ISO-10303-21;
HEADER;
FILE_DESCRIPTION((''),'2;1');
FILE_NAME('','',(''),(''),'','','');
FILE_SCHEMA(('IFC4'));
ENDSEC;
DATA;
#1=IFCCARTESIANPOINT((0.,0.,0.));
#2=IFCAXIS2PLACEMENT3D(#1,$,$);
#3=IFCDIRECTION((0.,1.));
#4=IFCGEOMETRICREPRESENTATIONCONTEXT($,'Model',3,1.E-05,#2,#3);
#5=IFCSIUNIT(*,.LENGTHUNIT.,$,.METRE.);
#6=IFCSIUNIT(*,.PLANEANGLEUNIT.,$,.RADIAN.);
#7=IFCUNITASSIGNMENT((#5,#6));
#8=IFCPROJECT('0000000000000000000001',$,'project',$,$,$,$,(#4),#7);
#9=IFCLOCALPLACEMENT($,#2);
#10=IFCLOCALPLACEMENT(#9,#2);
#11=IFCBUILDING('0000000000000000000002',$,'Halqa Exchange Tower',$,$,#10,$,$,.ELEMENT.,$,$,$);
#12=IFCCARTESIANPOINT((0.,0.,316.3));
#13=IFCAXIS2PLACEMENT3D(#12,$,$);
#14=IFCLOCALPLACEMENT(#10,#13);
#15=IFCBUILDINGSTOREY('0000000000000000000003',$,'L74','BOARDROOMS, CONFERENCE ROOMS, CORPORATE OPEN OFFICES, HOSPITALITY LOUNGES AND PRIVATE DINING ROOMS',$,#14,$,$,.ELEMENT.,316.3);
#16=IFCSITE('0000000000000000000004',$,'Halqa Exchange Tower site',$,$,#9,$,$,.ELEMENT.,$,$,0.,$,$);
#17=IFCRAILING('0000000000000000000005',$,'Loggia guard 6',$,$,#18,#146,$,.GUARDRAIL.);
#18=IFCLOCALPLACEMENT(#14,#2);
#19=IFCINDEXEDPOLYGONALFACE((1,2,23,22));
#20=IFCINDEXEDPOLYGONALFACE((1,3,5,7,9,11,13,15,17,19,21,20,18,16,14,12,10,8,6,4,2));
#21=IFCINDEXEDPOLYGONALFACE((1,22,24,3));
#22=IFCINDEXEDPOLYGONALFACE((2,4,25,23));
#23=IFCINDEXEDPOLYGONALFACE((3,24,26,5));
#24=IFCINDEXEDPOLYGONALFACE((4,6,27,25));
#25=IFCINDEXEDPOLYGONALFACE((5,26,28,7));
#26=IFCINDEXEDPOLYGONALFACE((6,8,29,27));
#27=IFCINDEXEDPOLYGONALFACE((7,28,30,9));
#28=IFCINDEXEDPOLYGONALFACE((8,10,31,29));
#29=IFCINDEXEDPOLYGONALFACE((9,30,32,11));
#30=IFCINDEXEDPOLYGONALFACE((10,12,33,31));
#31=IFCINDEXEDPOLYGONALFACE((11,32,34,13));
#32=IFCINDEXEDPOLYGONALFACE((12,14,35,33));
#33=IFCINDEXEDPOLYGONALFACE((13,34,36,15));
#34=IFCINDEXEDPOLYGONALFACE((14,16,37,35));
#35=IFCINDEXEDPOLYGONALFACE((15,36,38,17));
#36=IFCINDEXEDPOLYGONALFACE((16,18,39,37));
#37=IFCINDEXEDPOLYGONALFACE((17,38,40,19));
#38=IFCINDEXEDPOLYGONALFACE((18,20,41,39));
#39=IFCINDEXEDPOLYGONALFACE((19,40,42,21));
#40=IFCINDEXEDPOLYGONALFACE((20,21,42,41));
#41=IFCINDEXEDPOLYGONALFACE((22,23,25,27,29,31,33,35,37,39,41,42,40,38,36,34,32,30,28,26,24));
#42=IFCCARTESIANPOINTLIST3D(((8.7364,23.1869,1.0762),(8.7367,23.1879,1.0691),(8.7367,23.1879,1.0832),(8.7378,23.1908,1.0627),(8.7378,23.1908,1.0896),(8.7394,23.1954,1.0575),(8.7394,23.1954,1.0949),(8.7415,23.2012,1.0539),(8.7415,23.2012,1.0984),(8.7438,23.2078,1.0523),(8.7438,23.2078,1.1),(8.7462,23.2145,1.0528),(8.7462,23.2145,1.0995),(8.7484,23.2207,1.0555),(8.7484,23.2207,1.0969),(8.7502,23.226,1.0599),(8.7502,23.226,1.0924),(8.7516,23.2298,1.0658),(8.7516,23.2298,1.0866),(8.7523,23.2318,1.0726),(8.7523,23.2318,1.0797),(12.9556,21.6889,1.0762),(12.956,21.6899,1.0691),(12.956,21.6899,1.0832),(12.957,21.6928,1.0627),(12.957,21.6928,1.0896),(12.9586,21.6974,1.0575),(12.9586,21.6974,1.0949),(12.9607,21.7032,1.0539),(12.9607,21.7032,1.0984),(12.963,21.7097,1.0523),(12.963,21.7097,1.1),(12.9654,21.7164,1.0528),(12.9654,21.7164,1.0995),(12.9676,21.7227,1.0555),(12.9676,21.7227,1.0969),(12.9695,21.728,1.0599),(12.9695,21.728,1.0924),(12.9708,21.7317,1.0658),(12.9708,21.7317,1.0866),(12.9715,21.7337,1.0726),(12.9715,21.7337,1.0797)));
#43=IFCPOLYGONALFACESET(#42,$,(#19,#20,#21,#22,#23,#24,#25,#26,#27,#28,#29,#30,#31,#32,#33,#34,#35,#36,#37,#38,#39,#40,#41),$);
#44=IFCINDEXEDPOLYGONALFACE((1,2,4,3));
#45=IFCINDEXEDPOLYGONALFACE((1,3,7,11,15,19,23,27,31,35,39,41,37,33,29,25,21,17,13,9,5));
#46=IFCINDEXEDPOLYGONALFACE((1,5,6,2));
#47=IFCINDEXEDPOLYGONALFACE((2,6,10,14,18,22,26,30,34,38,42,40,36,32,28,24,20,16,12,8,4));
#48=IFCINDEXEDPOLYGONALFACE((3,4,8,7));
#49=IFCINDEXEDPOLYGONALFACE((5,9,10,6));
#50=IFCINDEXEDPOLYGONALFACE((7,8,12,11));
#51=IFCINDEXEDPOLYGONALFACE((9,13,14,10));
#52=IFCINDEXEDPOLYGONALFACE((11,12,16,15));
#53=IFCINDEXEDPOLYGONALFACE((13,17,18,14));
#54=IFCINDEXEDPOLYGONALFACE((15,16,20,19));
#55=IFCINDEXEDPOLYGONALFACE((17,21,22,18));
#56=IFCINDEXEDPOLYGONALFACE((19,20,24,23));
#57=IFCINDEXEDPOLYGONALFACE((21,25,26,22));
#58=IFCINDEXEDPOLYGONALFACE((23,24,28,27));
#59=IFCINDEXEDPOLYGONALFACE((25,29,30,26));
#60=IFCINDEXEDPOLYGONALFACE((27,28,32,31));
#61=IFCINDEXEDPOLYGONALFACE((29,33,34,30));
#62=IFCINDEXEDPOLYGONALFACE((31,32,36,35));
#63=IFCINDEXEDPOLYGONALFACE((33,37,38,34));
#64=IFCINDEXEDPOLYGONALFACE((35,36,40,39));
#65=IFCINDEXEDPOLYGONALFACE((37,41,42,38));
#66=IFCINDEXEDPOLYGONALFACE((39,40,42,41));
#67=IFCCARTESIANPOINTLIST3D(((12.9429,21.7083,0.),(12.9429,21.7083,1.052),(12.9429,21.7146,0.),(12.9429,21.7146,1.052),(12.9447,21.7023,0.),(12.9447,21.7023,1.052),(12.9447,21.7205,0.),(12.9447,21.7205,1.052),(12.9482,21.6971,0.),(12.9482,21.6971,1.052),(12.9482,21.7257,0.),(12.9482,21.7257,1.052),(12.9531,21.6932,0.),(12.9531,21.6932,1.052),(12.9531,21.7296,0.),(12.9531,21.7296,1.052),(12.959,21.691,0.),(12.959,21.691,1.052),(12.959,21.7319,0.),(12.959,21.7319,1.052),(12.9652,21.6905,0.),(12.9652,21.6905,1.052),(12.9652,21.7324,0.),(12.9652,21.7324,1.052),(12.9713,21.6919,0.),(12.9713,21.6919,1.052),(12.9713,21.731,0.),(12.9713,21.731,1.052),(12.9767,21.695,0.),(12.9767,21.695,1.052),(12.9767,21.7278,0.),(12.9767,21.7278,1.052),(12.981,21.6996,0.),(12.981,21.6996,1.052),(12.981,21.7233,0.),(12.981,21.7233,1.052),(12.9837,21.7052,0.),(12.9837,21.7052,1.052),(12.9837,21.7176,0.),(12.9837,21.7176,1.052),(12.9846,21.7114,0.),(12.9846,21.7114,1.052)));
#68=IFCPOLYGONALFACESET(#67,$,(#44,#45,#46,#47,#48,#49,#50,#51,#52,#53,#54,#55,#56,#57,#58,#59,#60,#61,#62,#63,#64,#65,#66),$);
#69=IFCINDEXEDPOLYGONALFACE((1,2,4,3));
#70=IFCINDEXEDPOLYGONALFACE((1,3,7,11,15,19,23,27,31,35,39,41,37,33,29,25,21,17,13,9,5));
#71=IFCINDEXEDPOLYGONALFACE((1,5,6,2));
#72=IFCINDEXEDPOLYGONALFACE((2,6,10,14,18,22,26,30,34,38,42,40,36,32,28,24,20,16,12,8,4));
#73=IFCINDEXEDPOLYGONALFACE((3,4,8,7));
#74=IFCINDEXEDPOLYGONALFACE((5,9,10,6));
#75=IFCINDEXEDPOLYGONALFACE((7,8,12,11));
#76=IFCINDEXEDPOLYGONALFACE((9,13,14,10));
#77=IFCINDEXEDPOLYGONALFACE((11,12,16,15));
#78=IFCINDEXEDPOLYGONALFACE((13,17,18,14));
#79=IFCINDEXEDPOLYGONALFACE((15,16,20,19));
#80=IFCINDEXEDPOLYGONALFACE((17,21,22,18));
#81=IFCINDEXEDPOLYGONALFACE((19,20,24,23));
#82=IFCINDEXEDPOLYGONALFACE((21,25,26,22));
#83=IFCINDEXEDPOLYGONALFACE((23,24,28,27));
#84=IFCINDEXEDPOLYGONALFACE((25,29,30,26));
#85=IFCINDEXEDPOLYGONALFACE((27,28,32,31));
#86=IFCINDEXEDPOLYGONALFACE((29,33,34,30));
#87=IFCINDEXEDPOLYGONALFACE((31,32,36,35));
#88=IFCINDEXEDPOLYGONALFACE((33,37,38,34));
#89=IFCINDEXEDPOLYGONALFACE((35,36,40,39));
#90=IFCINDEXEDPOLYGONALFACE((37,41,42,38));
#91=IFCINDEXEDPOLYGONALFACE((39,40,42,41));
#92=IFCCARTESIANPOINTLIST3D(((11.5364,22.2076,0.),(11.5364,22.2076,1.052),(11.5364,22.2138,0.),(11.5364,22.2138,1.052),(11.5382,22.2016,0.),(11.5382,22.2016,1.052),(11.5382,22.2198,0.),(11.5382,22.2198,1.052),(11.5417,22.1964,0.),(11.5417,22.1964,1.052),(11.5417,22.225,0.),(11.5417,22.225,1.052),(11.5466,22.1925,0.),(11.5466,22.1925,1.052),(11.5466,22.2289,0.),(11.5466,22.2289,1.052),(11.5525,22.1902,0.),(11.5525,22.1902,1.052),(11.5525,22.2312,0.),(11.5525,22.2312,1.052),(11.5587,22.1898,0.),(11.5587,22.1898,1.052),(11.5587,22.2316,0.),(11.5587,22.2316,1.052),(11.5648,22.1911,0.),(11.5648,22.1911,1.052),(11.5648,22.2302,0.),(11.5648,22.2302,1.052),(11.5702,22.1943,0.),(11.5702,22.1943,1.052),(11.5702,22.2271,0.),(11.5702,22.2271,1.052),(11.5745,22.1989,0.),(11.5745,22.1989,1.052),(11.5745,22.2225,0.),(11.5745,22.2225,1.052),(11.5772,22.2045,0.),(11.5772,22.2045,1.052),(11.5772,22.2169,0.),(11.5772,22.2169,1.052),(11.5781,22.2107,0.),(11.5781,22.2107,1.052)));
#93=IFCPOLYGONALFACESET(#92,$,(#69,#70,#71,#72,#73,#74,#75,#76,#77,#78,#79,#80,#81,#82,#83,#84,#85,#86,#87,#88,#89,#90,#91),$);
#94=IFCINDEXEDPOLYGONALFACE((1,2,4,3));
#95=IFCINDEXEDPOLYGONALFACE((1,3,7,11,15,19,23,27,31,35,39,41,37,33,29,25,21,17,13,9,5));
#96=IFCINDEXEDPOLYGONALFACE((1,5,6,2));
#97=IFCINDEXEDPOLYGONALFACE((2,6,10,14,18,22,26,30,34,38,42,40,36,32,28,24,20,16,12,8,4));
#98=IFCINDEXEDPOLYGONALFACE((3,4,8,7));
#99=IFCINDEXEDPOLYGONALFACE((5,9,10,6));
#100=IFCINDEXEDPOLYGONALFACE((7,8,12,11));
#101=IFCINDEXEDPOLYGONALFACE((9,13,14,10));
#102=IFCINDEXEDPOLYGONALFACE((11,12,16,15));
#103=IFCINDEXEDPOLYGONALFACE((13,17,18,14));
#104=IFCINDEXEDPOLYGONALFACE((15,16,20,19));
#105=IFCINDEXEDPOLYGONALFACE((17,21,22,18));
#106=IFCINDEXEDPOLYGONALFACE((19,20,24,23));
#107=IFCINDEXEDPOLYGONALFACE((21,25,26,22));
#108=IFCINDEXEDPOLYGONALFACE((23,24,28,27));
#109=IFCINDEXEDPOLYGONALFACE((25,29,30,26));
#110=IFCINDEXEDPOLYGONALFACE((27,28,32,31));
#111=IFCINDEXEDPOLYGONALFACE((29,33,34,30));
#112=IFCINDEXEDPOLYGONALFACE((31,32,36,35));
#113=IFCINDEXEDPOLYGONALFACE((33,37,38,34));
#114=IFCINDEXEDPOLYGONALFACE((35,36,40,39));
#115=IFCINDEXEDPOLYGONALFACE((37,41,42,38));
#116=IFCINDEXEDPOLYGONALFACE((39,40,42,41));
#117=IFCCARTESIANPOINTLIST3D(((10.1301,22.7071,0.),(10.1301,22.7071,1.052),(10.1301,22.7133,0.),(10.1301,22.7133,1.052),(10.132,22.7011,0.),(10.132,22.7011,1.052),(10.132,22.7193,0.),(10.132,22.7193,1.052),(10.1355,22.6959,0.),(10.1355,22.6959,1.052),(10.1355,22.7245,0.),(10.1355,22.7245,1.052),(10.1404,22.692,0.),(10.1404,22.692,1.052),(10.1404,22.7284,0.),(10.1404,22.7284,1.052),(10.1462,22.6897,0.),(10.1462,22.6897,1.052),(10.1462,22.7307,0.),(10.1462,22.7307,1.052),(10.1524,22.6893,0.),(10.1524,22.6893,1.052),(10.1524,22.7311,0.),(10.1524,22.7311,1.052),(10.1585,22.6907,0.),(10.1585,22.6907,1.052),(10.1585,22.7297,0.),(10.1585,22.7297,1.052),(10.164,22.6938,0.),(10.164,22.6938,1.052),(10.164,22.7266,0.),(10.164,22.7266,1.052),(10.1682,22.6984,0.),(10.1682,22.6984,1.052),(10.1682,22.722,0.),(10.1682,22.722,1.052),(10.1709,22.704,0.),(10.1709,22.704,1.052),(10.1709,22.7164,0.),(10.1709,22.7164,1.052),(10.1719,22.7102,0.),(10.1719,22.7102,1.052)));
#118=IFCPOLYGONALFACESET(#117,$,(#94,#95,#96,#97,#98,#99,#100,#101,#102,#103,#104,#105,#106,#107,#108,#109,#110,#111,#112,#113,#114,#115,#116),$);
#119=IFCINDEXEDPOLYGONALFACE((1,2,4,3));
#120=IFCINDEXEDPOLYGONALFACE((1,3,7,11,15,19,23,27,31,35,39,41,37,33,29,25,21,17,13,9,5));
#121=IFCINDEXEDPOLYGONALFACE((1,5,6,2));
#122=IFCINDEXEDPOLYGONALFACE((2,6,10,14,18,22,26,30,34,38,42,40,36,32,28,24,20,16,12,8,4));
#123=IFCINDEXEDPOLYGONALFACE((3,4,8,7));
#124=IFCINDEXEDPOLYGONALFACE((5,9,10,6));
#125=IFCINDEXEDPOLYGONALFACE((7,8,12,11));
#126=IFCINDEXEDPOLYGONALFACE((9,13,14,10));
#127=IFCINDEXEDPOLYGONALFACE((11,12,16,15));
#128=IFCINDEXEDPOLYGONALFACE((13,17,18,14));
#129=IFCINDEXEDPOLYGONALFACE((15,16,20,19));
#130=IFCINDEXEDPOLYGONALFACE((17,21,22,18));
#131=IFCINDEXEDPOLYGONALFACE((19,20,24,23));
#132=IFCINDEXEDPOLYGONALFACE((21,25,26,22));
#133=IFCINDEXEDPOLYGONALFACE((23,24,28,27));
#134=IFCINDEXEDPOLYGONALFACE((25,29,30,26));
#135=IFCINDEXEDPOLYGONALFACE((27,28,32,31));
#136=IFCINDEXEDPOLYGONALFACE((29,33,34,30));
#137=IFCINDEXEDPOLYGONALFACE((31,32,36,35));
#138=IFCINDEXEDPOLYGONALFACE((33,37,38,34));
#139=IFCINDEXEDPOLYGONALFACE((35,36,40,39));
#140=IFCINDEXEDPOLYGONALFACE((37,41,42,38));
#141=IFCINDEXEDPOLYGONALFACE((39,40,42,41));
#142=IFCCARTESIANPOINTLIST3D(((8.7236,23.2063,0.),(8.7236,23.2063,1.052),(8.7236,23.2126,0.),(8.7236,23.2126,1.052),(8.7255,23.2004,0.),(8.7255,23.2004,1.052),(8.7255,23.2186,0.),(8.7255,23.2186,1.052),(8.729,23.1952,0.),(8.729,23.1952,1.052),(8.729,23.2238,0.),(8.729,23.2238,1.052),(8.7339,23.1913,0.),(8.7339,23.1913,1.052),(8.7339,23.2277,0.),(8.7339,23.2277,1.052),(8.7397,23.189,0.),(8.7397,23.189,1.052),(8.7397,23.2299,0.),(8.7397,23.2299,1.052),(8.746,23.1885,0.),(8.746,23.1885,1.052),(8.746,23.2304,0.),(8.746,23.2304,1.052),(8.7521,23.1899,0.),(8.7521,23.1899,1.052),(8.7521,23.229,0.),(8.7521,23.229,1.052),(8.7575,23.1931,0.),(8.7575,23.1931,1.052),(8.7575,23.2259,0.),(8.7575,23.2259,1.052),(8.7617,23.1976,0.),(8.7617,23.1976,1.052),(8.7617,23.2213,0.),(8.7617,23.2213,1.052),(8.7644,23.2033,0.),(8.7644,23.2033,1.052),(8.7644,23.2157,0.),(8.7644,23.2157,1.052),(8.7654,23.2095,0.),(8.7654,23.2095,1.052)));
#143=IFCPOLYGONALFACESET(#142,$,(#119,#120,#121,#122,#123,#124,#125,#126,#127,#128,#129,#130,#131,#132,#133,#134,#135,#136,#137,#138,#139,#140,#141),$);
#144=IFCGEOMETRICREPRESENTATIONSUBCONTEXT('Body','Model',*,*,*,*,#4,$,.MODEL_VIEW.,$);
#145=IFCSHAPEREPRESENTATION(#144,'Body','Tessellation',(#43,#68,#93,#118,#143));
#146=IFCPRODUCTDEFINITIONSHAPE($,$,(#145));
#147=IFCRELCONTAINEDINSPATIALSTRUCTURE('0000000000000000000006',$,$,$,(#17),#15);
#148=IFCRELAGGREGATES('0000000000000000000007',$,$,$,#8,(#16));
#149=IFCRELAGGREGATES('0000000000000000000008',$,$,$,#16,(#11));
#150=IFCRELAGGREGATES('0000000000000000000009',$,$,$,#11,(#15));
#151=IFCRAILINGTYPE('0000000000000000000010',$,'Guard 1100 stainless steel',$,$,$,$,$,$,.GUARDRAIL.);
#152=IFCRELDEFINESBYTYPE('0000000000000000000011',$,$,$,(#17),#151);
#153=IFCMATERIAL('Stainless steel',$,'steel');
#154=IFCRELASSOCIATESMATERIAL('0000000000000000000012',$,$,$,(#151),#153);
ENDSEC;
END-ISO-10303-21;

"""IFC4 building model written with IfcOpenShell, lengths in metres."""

from ifc_helpers import new_model, si_unit, direction, frame, origin, origin_2d, place, context, subcontext, project, spatial, circle, extrude, material, type_object, element, save


model = new_model("IFC4")

# Units and contexts
model_context = context("Model", 3, precision=1e-05, world=origin(), true_north=direction((0.0, 1.0)))
body_context = subcontext(model_context, "Body", "Model", "MODEL_VIEW")
ifc_project = project(units=[si_unit("LENGTHUNIT", "METRE"), si_unit("PLANEANGLEUNIT", "RADIAN")], contexts=[model_context])

# Site, building, storey
site_placement = place(None, origin())
site = spatial("IfcSite", under=ifc_project, at=site_placement, Name="Halqa Exchange Tower site", CompositionType="ELEMENT", RefElevation=0.0)
building_placement = place(site_placement, origin())
building = spatial("IfcBuilding", under=site, at=building_placement, Name="Halqa Exchange Tower", CompositionType="ELEMENT")
storey_placement = place(building_placement, frame((0.0, 0.0, 316.3)))
storey = spatial("IfcBuildingStorey", under=building, at=storey_placement, Name="L74", Description="BOARDROOMS, CONFERENCE ROOMS, CORPORATE OPEN OFFICES, HOSPITALITY LOUNGES AND PRIVATE DINING ROOMS", CompositionType="ELEMENT", Elevation=316.3)

# Railing
ifc_material_1 = material(Name="Stainless steel", Category="steel")
railing_type = type_object("IfcRailingType", Name="Guard 1100 stainless steel", PredefinedType="GUARDRAIL", material=ifc_material_1)
railing_1_placement = place(storey_placement, frame((12.9636, 21.7114, 0.0)))
element("IfcRailing", 1, at=railing_1_placement, inside=storey, type_object=railing_type, Name="Loggia guard 6", PredefinedType="GUARDRAIL", context=body_context, shape_type="SweptSolid", body=[
    extrude(circle(Radius=0.0239, at=origin_2d()), frame((0.0, 0.0, 1.0762), z_axis=(-0.942365, 0.334588, 0.0), x_axis=(-0.334588, -0.942365, 0.0)), (0.0, 0.0, 1.0), 4.4773),
    extrude(circle(Radius=0.021, at=origin_2d()), origin(), (0.0, 0.0, 1.0), 1.052),
    extrude(circle(Radius=0.021, at=origin_2d()), frame((-1.4065, 0.4993, 0.0)), (0.0, 0.0, 1.0), 1.052),
    extrude(circle(Radius=0.021, at=origin_2d()), frame((-2.8127, 0.9988, 0.0)), (0.0, 0.0, 1.0), 1.052),
    extrude(circle(Radius=0.021, at=origin_2d()), frame((-4.2192, 1.498, 0.0)), (0.0, 0.0, 1.0), 1.052),
])

save(model, "model.ifc")
